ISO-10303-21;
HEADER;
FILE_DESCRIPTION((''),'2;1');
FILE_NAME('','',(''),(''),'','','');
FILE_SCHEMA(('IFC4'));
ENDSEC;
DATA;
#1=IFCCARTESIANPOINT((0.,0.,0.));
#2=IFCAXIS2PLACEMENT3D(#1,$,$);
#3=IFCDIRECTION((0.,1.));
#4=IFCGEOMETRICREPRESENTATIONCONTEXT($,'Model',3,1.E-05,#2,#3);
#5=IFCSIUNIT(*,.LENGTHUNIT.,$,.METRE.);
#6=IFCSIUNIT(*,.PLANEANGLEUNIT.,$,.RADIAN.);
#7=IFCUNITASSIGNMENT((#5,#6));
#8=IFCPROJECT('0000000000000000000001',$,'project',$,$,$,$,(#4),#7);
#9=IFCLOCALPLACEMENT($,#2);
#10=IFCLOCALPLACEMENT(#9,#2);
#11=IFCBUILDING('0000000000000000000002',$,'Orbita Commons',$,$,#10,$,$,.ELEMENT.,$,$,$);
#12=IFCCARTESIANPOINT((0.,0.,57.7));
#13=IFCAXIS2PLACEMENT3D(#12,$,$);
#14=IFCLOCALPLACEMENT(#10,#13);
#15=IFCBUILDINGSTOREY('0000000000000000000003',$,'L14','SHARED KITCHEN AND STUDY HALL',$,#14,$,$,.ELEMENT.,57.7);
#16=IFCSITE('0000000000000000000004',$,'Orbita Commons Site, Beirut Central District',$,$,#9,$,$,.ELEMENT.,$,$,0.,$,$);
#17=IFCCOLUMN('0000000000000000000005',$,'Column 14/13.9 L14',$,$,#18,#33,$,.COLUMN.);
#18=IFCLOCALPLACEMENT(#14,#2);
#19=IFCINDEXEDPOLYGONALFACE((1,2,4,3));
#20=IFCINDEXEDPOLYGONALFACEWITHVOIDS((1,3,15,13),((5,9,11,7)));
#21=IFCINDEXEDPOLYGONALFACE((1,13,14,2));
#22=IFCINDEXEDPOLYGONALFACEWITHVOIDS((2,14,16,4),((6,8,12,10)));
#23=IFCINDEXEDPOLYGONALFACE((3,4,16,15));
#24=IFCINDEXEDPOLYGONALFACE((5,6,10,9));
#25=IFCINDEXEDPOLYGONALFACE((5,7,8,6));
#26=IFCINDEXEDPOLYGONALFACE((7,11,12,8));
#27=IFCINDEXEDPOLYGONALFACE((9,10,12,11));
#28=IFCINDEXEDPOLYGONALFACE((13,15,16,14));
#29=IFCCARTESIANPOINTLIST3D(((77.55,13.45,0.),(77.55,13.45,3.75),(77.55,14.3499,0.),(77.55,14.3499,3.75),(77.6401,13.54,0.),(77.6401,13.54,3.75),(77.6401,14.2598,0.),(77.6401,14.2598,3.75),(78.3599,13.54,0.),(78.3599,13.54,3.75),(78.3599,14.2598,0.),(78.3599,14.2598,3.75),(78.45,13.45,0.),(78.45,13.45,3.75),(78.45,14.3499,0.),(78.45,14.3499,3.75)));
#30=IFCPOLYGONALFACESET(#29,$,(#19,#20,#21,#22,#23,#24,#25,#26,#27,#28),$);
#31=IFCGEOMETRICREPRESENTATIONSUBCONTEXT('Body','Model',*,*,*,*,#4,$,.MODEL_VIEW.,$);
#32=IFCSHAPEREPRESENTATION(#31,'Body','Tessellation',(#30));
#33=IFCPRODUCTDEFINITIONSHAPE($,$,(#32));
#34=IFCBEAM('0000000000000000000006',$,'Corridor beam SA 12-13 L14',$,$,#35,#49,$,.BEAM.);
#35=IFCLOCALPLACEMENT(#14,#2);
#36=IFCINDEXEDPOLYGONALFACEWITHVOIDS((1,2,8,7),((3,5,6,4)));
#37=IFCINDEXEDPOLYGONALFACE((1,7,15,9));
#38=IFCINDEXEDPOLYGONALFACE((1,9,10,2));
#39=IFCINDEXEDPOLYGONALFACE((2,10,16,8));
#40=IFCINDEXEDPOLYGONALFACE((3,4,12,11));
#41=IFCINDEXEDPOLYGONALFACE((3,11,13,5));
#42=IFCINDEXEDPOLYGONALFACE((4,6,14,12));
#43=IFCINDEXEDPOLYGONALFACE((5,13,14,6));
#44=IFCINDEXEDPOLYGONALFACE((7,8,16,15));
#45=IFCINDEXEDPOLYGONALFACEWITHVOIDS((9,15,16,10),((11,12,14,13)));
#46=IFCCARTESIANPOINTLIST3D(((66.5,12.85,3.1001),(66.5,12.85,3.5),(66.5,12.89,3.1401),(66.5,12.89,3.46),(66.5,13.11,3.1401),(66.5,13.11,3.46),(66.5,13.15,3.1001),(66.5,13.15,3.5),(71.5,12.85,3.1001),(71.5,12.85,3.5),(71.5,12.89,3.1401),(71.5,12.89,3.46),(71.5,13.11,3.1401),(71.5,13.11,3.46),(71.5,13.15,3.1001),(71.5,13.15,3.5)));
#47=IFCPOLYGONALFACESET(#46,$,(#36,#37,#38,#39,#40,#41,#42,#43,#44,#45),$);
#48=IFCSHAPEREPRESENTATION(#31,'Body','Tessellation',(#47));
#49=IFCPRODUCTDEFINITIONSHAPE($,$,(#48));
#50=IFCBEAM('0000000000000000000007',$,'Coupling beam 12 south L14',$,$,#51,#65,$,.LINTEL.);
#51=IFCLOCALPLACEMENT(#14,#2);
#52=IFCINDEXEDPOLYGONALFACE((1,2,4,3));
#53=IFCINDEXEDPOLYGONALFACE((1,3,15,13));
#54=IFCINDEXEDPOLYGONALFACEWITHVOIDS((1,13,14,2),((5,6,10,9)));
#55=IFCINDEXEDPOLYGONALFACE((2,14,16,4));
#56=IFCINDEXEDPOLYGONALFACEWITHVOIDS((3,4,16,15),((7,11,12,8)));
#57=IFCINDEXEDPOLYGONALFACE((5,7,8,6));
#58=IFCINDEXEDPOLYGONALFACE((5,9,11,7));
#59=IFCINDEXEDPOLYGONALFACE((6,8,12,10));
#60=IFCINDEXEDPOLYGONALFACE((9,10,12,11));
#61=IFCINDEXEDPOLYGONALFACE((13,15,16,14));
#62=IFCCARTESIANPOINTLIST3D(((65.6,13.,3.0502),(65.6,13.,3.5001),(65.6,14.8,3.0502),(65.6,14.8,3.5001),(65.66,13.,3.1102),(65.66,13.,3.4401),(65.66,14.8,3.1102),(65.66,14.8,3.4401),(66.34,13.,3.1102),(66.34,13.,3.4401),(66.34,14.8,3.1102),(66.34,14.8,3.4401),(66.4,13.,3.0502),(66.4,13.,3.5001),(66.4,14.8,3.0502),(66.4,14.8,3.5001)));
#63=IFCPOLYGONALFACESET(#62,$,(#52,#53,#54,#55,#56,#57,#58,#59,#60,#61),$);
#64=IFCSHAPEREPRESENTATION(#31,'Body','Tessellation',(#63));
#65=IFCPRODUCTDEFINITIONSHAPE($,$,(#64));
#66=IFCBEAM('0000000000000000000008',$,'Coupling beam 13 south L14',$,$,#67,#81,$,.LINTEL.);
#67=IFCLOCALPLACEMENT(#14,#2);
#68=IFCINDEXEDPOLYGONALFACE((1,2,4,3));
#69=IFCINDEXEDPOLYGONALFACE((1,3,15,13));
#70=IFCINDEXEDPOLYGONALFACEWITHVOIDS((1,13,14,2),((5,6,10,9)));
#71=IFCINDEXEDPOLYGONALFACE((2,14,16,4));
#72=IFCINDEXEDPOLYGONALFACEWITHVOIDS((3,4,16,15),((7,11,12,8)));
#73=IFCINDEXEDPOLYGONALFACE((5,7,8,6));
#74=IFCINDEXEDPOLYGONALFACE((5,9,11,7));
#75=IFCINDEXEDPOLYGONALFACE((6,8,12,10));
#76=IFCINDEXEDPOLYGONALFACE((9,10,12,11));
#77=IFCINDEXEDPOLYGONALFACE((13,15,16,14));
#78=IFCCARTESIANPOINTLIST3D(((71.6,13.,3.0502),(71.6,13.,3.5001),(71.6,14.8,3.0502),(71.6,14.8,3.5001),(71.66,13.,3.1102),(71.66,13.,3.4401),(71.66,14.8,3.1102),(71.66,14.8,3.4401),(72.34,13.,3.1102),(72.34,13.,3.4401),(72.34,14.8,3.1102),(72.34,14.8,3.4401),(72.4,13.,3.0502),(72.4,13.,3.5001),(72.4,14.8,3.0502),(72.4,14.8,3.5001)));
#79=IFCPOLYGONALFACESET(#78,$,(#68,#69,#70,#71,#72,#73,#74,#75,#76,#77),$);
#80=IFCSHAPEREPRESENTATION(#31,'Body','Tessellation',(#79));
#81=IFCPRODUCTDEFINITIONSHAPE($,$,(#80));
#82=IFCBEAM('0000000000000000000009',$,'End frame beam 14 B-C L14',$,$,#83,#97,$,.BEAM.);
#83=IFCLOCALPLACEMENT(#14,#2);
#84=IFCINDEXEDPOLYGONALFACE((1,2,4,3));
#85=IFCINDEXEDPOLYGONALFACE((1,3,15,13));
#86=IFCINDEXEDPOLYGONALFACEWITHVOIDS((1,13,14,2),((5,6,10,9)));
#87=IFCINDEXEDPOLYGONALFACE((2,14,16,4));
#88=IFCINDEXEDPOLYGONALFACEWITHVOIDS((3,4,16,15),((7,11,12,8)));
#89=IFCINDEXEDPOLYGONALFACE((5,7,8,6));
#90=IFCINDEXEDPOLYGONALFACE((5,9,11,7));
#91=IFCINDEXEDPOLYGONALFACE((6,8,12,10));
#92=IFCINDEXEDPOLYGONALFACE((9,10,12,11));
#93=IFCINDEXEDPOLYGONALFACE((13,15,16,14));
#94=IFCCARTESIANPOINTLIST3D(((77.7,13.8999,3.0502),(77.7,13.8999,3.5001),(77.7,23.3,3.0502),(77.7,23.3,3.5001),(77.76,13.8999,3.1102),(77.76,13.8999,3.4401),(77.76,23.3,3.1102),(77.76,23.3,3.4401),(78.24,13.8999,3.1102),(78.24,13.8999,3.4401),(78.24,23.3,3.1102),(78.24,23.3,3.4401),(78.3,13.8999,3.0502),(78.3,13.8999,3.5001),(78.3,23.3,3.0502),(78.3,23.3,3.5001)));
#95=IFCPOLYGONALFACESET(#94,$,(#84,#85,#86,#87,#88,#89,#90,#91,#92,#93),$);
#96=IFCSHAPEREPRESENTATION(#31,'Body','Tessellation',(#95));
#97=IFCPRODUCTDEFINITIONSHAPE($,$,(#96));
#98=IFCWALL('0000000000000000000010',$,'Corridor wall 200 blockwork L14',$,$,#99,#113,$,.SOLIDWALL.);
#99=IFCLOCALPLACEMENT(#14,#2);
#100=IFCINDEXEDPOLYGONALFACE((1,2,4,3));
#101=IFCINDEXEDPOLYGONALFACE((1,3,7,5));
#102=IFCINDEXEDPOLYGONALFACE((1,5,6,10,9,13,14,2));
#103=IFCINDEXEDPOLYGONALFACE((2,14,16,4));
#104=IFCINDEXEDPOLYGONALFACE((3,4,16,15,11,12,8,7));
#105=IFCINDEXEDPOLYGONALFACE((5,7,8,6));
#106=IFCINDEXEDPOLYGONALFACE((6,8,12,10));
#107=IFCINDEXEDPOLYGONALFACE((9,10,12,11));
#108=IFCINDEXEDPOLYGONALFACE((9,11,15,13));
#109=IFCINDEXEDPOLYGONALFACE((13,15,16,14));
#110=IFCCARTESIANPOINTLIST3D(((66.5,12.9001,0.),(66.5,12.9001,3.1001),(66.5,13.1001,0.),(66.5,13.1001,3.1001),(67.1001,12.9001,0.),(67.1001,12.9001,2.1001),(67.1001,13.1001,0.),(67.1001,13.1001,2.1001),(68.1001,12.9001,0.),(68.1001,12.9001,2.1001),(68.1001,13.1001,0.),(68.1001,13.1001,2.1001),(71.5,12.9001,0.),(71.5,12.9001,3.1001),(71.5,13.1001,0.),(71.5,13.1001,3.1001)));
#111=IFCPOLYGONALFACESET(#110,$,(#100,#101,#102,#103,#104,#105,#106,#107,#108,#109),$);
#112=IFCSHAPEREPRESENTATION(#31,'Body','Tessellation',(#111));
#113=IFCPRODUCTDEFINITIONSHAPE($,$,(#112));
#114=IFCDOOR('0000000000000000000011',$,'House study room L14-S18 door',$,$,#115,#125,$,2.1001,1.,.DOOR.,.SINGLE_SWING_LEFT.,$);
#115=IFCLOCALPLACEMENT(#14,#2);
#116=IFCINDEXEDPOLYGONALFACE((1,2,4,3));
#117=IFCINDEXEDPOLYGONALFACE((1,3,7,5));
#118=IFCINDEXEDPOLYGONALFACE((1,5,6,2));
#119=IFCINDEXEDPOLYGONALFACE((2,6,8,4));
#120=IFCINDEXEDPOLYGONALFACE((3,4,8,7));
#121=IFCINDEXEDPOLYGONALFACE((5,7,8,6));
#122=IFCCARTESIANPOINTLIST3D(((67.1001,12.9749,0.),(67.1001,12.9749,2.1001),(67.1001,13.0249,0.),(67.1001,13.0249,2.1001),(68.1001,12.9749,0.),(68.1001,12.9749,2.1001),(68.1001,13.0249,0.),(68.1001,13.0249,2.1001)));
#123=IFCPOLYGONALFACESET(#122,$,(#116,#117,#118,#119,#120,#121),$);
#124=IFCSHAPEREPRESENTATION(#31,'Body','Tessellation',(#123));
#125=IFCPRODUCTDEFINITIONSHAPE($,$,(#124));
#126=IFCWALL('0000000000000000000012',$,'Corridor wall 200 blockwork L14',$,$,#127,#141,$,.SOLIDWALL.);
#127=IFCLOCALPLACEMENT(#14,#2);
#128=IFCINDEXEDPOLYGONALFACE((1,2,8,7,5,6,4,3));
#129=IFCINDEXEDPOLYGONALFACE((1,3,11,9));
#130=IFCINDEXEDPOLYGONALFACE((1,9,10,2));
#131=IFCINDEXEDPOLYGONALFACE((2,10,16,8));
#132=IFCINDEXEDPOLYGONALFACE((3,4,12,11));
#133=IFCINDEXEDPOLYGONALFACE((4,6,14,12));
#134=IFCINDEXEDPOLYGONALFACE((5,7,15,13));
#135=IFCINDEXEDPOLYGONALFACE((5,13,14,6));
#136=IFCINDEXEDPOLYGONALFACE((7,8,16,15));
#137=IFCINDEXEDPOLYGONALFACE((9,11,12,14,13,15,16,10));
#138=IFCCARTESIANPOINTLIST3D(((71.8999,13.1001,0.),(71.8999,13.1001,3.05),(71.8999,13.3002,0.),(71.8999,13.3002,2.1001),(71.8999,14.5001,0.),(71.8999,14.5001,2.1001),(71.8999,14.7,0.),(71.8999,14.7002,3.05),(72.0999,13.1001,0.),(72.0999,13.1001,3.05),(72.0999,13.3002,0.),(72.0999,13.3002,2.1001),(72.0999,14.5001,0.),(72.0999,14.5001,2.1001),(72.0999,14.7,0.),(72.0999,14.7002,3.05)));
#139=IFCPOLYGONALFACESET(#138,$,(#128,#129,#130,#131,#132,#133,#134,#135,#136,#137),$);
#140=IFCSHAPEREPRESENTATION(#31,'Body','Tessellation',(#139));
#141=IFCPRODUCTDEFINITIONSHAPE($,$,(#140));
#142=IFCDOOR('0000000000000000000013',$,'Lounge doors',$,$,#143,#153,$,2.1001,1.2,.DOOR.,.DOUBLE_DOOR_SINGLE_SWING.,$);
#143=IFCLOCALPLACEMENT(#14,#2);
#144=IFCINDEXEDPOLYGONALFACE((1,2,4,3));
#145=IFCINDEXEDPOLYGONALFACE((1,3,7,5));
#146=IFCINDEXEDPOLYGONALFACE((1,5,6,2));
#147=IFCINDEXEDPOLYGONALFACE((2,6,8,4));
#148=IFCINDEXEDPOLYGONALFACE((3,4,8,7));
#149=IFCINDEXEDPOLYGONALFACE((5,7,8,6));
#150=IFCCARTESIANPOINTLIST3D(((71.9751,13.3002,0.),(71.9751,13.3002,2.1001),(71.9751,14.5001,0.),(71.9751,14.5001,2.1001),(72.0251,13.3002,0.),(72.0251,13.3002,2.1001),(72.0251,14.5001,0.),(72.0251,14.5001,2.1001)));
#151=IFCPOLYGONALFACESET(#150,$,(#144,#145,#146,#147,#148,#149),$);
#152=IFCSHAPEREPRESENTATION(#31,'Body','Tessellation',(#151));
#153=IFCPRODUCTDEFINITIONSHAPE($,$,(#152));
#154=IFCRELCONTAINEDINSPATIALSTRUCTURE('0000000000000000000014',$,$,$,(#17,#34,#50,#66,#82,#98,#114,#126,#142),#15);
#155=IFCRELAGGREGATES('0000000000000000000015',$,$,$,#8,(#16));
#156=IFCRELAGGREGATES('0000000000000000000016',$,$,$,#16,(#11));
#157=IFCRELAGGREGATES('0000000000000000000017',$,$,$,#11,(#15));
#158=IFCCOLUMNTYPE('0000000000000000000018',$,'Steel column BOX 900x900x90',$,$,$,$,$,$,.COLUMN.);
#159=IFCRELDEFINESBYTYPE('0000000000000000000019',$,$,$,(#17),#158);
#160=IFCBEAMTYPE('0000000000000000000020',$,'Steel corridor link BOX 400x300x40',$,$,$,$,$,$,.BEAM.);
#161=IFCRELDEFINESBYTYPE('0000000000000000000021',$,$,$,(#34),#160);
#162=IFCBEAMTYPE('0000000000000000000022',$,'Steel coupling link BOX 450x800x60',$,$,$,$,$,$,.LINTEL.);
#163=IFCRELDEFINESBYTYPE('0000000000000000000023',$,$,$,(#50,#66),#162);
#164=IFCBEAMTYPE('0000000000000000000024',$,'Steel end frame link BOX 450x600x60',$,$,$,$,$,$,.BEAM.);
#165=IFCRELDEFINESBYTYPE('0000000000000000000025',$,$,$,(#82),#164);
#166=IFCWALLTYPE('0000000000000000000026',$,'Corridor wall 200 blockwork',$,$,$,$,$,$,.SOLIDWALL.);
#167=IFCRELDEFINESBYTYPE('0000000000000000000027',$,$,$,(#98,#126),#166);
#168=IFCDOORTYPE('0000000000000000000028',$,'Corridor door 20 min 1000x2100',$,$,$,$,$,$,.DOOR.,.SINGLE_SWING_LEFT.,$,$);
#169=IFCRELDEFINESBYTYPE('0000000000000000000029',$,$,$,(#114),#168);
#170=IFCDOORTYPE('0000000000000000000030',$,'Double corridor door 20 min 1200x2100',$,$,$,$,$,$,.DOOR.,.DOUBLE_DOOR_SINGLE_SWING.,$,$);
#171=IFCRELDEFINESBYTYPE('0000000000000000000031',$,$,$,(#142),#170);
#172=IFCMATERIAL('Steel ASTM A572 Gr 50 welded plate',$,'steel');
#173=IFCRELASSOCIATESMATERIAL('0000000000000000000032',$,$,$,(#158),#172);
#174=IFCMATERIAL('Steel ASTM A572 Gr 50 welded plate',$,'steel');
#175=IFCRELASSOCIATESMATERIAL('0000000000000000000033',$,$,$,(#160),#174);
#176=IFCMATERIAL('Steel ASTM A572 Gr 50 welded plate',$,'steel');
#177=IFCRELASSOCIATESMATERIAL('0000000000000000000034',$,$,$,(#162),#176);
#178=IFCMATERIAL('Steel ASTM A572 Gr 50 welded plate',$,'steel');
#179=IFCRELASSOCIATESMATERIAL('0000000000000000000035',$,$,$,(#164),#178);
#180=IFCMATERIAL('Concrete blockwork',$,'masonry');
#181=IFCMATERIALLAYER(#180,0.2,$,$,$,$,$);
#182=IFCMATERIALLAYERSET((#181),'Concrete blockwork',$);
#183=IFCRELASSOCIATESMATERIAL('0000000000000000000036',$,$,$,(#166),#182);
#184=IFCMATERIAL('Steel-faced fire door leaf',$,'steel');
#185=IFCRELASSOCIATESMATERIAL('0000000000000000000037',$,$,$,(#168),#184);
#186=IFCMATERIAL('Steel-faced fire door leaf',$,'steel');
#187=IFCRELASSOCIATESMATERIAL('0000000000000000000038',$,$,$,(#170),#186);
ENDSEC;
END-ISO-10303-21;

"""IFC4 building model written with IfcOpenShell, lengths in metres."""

from ifc_helpers import new_model, si_unit, direction, frame, frame_2d, origin, origin_2d, place, context, subcontext, project, spatial, polyline, rectangle, hollow_rectangle, outline, extrude, material, layer, layer_set, material_profile, profile_set, type_object, element, fill, save


model = new_model("IFC4")

# Units and contexts
model_context = context("Model", 3, precision=1e-05, world=origin(), true_north=direction((0.0, 1.0)))
body_context = subcontext(model_context, "Body", "Model", "MODEL_VIEW")
ifc_project = project(units=[si_unit("LENGTHUNIT", "METRE"), si_unit("PLANEANGLEUNIT", "RADIAN")], contexts=[model_context])

# Site, building, storey
site_placement = place(None, origin())
site = spatial("IfcSite", under=ifc_project, at=site_placement, Name="Orbita Commons Site, Beirut Central District", CompositionType="ELEMENT", RefElevation=0.0)
building_placement = place(site_placement, origin())
building = spatial("IfcBuilding", under=site, at=building_placement, Name="Orbita Commons", CompositionType="ELEMENT")
storey_placement = place(building_placement, frame((0.0, 0.0, 57.7)))
storey = spatial("IfcBuildingStorey", under=building, at=storey_placement, Name="L14", Description="SHARED KITCHEN AND STUDY HALL", CompositionType="ELEMENT", Elevation=57.7)

# Column
ifc_material_1 = material(Name="Steel ASTM A572 Gr 50 welded plate", Category="steel")
ifc_material_profile_1 = material_profile(ifc_material_1, hollow_rectangle(XDim=0.8999, YDim=0.8999, WallThickness=0.0901, at=origin_2d()), Name="BOX 900x900x90")
ifc_profile_set_1 = profile_set([ifc_material_profile_1], Name="Steel ASTM A572 Gr 50 welded plate")
column_type = type_object("IfcColumnType", Name="Steel column BOX 900x900x90", PredefinedType="COLUMN", material=ifc_profile_set_1)
column_placement = place(storey_placement, frame((78.0, 13.8999, 0.0), z_axis=(0.0, 0.0, 1.0), x_axis=(1.0, 0.0, 0.0)))
element("IfcColumn", 1, at=column_placement, inside=storey, type_object=column_type, Name="Column 14/13.9 L14", PredefinedType="COLUMN", context=body_context, shape_type="SweptSolid", body=[
    extrude(hollow_rectangle(XDim=0.8999, YDim=0.8999, WallThickness=0.0901, at=origin_2d()), origin(), (0.0, 0.0, 1.0), 3.75),
])

# Beams
ifc_material_2 = material(Name="Steel ASTM A572 Gr 50 welded plate", Category="steel")
ifc_material_profile_2 = material_profile(ifc_material_2, hollow_rectangle(XDim=0.3, YDim=0.3999, WallThickness=0.04, at=origin_2d()), Name="BOX 400x300x40")
ifc_profile_set_2 = profile_set([ifc_material_profile_2], Name="Steel ASTM A572 Gr 50 welded plate")
beam_type_1 = type_object("IfcBeamType", Name="Steel corridor link BOX 400x300x40", PredefinedType="BEAM", material=ifc_profile_set_2)
beam_1_placement = place(storey_placement, frame((66.5, 13.0, 3.3), z_axis=(1.0, 0.0, 0.0), x_axis=(0.0, 1.0, 0.0)))
element("IfcBeam", 2, at=beam_1_placement, inside=storey, type_object=beam_type_1, Name="Corridor beam SA 12-13 L14", PredefinedType="BEAM", context=body_context, shape_type="SweptSolid", body=[
    extrude(hollow_rectangle(XDim=0.3, YDim=0.3999, WallThickness=0.04, at=origin_2d()), origin(), (0.0, 0.0, 1.0), 5.0),
])
ifc_material_3 = material(Name="Steel ASTM A572 Gr 50 welded plate", Category="steel")
ifc_material_profile_3 = material_profile(ifc_material_3, hollow_rectangle(XDim=0.8, YDim=0.45, WallThickness=0.0601, at=origin_2d()), Name="BOX 450x800x60")
ifc_profile_set_3 = profile_set([ifc_material_profile_3], Name="Steel ASTM A572 Gr 50 welded plate")
beam_type_2 = type_object("IfcBeamType", Name="Steel coupling link BOX 450x800x60", PredefinedType="LINTEL", material=ifc_profile_set_3)
for number, where, z_axis, x_axis, name in (
    (3, (66.0, 13.0, 3.2751), (0.0, 1.0, 0.0), (-1.0, 0.0, 0.0), "Coupling beam 12 south L14"),
    (4, (72.0, 13.0, 3.2751), (0.0, 1.0, 0.0), (-1.0, 0.0, 0.0), "Coupling beam 13 south L14"),
):
    element("IfcBeam", number, at=place(storey_placement, frame(where, z_axis=z_axis, x_axis=x_axis)), inside=storey, type_object=beam_type_2, Name=name, PredefinedType="LINTEL", context=body_context, shape_type="SweptSolid", body=[
        extrude(hollow_rectangle(XDim=0.8, YDim=0.45, WallThickness=0.0601, at=origin_2d()), origin(), (0.0, 0.0, 1.0), 1.8),
    ])
ifc_material_4 = material(Name="Steel ASTM A572 Gr 50 welded plate", Category="steel")
ifc_material_profile_4 = material_profile(ifc_material_4, hollow_rectangle(XDim=0.6001, YDim=0.45, WallThickness=0.0601, at=origin_2d()), Name="BOX 450x600x60")
ifc_profile_set_4 = profile_set([ifc_material_profile_4], Name="Steel ASTM A572 Gr 50 welded plate")
beam_type_3 = type_object("IfcBeamType", Name="Steel end frame link BOX 450x600x60", PredefinedType="BEAM", material=ifc_profile_set_4)
beam_2_placement = place(storey_placement, frame((78.0, 13.8999, 3.2751), z_axis=(0.0, 1.0, 0.0), x_axis=(-1.0, 0.0, 0.0)))
element("IfcBeam", 5, at=beam_2_placement, inside=storey, type_object=beam_type_3, Name="End frame beam 14 B-C L14", PredefinedType="BEAM", context=body_context, shape_type="SweptSolid", body=[
    extrude(hollow_rectangle(XDim=0.6001, YDim=0.45, WallThickness=0.0601, at=origin_2d()), origin(), (0.0, 0.0, 1.0), 9.4001),
])

# Walls, openings, doors
ifc_material_5 = material(Name="Concrete blockwork", Category="masonry")
ifc_layer_1 = layer(ifc_material_5, 0.2)
ifc_layer_set_1 = layer_set([ifc_layer_1], Name="Concrete blockwork")
wall_type_1 = type_object("IfcWallType", Name="Corridor wall 200 blockwork", PredefinedType="SOLIDWALL", material=ifc_layer_set_1)
wall_1_placement = place(storey_placement, frame((66.5, 13.0, 0.0), z_axis=(0.0, 0.0, 1.0), x_axis=(1.0, 0.0, 0.0)))
wall_1 = element("IfcWall", 6, at=wall_1_placement, inside=storey, type_object=wall_type_1, Name="Corridor wall 200 blockwork L14", PredefinedType="SOLIDWALL", context=body_context, shape_type="SweptSolid", body=[
    extrude(outline(polyline([(0.0, 0.0), (5.0, 0.0), (5.0, 3.1001), (0.0, 3.1001), (0.0, 0.0)])), frame((0.0, 0.1001, 0.0), z_axis=(0.0, -1.0, 0.0), x_axis=(1.0, 0.0, 0.0)), (0.0, 0.0, 1.0), 0.2),
])
opening_1_placement = place(wall_1_placement, frame((0.6001, 0.0, 0.0)))
opening_1 = element("IfcOpeningElement", 7, at=opening_1_placement, cuts=wall_1, PredefinedType="OPENING", context=body_context, shape_type="SweptSolid", body=[
    extrude(rectangle(XDim=1.0, YDim=2.1001, at=frame_2d((0.5, 1.05))), frame((0.0, 0.1099, 0.0), z_axis=(0.0, -1.0, 0.0), x_axis=(1.0, 0.0, 0.0)), (0.0, 0.0, 1.0), 0.22),
])
ifc_material_6 = material(Name="Steel-faced fire door leaf", Category="steel")
door_type_1 = type_object("IfcDoorType", Name="Corridor door 20 min 1000x2100", OperationType="SINGLE_SWING_LEFT", PredefinedType="DOOR", material=ifc_material_6)
door_1_placement = place(opening_1_placement, origin())
door_1 = element("IfcDoor", 8, at=door_1_placement, inside=storey, type_object=door_type_1, Name="House study room L14-S18 door", OperationType="SINGLE_SWING_LEFT", OverallHeight=2.1001, OverallWidth=1.0, PredefinedType="DOOR", context=body_context, shape_type="SweptSolid", body=[
    extrude(rectangle(XDim=1.0, YDim=2.1001, at=frame_2d((0.5, 1.05))), frame((0.0, 0.0249, 0.0), z_axis=(0.0, -1.0, 0.0), x_axis=(1.0, 0.0, 0.0)), (0.0, 0.0, 1.0), 0.05),
])
fill(opening_1, door_1)
wall_2_placement = place(storey_placement, frame((72.0, 13.1001, 0.0), z_axis=(0.0, 0.0, 1.0), x_axis=(0.0, 1.0, 0.0)))
wall_2 = element("IfcWall", 9, at=wall_2_placement, inside=storey, type_object=wall_type_1, Name="Corridor wall 200 blockwork L14", PredefinedType="SOLIDWALL", context=body_context, shape_type="SweptSolid", body=[
    extrude(outline(polyline([(0.0, 0.0), (1.5999, 0.0), (1.6001, 3.05), (0.0, 3.05), (0.0, 0.0)])), frame((0.0, 0.1001, 0.0), z_axis=(0.0, -1.0, 0.0), x_axis=(1.0, 0.0, 0.0)), (0.0, 0.0, 1.0), 0.2),
])
opening_2_placement = place(wall_2_placement, frame((0.2, 0.0, 0.0)))
opening_2 = element("IfcOpeningElement", 10, at=opening_2_placement, cuts=wall_2, PredefinedType="OPENING", context=body_context, shape_type="SweptSolid", body=[
    extrude(rectangle(XDim=1.2, YDim=2.1001, at=frame_2d((0.6001, 1.05))), frame((0.0, 0.1099, 0.0), z_axis=(0.0, -1.0, 0.0), x_axis=(1.0, 0.0, 0.0)), (0.0, 0.0, 1.0), 0.22),
])
ifc_material_7 = material(Name="Steel-faced fire door leaf", Category="steel")
door_type_2 = type_object("IfcDoorType", Name="Double corridor door 20 min 1200x2100", OperationType="DOUBLE_DOOR_SINGLE_SWING", PredefinedType="DOOR", material=ifc_material_7)
door_2_placement = place(opening_2_placement, origin())
door_2 = element("IfcDoor", 11, at=door_2_placement, inside=storey, type_object=door_type_2, Name="Lounge doors", OperationType="DOUBLE_DOOR_SINGLE_SWING", OverallHeight=2.1001, OverallWidth=1.2, PredefinedType="DOOR", context=body_context, shape_type="SweptSolid", body=[
    extrude(rectangle(XDim=1.2, YDim=2.1001, at=frame_2d((0.6001, 1.05))), frame((0.0, 0.0249, 0.0), z_axis=(0.0, -1.0, 0.0), x_axis=(1.0, 0.0, 0.0)), (0.0, 0.0, 1.0), 0.05),
])
fill(opening_2, door_2)

save(model, "model.ifc")
